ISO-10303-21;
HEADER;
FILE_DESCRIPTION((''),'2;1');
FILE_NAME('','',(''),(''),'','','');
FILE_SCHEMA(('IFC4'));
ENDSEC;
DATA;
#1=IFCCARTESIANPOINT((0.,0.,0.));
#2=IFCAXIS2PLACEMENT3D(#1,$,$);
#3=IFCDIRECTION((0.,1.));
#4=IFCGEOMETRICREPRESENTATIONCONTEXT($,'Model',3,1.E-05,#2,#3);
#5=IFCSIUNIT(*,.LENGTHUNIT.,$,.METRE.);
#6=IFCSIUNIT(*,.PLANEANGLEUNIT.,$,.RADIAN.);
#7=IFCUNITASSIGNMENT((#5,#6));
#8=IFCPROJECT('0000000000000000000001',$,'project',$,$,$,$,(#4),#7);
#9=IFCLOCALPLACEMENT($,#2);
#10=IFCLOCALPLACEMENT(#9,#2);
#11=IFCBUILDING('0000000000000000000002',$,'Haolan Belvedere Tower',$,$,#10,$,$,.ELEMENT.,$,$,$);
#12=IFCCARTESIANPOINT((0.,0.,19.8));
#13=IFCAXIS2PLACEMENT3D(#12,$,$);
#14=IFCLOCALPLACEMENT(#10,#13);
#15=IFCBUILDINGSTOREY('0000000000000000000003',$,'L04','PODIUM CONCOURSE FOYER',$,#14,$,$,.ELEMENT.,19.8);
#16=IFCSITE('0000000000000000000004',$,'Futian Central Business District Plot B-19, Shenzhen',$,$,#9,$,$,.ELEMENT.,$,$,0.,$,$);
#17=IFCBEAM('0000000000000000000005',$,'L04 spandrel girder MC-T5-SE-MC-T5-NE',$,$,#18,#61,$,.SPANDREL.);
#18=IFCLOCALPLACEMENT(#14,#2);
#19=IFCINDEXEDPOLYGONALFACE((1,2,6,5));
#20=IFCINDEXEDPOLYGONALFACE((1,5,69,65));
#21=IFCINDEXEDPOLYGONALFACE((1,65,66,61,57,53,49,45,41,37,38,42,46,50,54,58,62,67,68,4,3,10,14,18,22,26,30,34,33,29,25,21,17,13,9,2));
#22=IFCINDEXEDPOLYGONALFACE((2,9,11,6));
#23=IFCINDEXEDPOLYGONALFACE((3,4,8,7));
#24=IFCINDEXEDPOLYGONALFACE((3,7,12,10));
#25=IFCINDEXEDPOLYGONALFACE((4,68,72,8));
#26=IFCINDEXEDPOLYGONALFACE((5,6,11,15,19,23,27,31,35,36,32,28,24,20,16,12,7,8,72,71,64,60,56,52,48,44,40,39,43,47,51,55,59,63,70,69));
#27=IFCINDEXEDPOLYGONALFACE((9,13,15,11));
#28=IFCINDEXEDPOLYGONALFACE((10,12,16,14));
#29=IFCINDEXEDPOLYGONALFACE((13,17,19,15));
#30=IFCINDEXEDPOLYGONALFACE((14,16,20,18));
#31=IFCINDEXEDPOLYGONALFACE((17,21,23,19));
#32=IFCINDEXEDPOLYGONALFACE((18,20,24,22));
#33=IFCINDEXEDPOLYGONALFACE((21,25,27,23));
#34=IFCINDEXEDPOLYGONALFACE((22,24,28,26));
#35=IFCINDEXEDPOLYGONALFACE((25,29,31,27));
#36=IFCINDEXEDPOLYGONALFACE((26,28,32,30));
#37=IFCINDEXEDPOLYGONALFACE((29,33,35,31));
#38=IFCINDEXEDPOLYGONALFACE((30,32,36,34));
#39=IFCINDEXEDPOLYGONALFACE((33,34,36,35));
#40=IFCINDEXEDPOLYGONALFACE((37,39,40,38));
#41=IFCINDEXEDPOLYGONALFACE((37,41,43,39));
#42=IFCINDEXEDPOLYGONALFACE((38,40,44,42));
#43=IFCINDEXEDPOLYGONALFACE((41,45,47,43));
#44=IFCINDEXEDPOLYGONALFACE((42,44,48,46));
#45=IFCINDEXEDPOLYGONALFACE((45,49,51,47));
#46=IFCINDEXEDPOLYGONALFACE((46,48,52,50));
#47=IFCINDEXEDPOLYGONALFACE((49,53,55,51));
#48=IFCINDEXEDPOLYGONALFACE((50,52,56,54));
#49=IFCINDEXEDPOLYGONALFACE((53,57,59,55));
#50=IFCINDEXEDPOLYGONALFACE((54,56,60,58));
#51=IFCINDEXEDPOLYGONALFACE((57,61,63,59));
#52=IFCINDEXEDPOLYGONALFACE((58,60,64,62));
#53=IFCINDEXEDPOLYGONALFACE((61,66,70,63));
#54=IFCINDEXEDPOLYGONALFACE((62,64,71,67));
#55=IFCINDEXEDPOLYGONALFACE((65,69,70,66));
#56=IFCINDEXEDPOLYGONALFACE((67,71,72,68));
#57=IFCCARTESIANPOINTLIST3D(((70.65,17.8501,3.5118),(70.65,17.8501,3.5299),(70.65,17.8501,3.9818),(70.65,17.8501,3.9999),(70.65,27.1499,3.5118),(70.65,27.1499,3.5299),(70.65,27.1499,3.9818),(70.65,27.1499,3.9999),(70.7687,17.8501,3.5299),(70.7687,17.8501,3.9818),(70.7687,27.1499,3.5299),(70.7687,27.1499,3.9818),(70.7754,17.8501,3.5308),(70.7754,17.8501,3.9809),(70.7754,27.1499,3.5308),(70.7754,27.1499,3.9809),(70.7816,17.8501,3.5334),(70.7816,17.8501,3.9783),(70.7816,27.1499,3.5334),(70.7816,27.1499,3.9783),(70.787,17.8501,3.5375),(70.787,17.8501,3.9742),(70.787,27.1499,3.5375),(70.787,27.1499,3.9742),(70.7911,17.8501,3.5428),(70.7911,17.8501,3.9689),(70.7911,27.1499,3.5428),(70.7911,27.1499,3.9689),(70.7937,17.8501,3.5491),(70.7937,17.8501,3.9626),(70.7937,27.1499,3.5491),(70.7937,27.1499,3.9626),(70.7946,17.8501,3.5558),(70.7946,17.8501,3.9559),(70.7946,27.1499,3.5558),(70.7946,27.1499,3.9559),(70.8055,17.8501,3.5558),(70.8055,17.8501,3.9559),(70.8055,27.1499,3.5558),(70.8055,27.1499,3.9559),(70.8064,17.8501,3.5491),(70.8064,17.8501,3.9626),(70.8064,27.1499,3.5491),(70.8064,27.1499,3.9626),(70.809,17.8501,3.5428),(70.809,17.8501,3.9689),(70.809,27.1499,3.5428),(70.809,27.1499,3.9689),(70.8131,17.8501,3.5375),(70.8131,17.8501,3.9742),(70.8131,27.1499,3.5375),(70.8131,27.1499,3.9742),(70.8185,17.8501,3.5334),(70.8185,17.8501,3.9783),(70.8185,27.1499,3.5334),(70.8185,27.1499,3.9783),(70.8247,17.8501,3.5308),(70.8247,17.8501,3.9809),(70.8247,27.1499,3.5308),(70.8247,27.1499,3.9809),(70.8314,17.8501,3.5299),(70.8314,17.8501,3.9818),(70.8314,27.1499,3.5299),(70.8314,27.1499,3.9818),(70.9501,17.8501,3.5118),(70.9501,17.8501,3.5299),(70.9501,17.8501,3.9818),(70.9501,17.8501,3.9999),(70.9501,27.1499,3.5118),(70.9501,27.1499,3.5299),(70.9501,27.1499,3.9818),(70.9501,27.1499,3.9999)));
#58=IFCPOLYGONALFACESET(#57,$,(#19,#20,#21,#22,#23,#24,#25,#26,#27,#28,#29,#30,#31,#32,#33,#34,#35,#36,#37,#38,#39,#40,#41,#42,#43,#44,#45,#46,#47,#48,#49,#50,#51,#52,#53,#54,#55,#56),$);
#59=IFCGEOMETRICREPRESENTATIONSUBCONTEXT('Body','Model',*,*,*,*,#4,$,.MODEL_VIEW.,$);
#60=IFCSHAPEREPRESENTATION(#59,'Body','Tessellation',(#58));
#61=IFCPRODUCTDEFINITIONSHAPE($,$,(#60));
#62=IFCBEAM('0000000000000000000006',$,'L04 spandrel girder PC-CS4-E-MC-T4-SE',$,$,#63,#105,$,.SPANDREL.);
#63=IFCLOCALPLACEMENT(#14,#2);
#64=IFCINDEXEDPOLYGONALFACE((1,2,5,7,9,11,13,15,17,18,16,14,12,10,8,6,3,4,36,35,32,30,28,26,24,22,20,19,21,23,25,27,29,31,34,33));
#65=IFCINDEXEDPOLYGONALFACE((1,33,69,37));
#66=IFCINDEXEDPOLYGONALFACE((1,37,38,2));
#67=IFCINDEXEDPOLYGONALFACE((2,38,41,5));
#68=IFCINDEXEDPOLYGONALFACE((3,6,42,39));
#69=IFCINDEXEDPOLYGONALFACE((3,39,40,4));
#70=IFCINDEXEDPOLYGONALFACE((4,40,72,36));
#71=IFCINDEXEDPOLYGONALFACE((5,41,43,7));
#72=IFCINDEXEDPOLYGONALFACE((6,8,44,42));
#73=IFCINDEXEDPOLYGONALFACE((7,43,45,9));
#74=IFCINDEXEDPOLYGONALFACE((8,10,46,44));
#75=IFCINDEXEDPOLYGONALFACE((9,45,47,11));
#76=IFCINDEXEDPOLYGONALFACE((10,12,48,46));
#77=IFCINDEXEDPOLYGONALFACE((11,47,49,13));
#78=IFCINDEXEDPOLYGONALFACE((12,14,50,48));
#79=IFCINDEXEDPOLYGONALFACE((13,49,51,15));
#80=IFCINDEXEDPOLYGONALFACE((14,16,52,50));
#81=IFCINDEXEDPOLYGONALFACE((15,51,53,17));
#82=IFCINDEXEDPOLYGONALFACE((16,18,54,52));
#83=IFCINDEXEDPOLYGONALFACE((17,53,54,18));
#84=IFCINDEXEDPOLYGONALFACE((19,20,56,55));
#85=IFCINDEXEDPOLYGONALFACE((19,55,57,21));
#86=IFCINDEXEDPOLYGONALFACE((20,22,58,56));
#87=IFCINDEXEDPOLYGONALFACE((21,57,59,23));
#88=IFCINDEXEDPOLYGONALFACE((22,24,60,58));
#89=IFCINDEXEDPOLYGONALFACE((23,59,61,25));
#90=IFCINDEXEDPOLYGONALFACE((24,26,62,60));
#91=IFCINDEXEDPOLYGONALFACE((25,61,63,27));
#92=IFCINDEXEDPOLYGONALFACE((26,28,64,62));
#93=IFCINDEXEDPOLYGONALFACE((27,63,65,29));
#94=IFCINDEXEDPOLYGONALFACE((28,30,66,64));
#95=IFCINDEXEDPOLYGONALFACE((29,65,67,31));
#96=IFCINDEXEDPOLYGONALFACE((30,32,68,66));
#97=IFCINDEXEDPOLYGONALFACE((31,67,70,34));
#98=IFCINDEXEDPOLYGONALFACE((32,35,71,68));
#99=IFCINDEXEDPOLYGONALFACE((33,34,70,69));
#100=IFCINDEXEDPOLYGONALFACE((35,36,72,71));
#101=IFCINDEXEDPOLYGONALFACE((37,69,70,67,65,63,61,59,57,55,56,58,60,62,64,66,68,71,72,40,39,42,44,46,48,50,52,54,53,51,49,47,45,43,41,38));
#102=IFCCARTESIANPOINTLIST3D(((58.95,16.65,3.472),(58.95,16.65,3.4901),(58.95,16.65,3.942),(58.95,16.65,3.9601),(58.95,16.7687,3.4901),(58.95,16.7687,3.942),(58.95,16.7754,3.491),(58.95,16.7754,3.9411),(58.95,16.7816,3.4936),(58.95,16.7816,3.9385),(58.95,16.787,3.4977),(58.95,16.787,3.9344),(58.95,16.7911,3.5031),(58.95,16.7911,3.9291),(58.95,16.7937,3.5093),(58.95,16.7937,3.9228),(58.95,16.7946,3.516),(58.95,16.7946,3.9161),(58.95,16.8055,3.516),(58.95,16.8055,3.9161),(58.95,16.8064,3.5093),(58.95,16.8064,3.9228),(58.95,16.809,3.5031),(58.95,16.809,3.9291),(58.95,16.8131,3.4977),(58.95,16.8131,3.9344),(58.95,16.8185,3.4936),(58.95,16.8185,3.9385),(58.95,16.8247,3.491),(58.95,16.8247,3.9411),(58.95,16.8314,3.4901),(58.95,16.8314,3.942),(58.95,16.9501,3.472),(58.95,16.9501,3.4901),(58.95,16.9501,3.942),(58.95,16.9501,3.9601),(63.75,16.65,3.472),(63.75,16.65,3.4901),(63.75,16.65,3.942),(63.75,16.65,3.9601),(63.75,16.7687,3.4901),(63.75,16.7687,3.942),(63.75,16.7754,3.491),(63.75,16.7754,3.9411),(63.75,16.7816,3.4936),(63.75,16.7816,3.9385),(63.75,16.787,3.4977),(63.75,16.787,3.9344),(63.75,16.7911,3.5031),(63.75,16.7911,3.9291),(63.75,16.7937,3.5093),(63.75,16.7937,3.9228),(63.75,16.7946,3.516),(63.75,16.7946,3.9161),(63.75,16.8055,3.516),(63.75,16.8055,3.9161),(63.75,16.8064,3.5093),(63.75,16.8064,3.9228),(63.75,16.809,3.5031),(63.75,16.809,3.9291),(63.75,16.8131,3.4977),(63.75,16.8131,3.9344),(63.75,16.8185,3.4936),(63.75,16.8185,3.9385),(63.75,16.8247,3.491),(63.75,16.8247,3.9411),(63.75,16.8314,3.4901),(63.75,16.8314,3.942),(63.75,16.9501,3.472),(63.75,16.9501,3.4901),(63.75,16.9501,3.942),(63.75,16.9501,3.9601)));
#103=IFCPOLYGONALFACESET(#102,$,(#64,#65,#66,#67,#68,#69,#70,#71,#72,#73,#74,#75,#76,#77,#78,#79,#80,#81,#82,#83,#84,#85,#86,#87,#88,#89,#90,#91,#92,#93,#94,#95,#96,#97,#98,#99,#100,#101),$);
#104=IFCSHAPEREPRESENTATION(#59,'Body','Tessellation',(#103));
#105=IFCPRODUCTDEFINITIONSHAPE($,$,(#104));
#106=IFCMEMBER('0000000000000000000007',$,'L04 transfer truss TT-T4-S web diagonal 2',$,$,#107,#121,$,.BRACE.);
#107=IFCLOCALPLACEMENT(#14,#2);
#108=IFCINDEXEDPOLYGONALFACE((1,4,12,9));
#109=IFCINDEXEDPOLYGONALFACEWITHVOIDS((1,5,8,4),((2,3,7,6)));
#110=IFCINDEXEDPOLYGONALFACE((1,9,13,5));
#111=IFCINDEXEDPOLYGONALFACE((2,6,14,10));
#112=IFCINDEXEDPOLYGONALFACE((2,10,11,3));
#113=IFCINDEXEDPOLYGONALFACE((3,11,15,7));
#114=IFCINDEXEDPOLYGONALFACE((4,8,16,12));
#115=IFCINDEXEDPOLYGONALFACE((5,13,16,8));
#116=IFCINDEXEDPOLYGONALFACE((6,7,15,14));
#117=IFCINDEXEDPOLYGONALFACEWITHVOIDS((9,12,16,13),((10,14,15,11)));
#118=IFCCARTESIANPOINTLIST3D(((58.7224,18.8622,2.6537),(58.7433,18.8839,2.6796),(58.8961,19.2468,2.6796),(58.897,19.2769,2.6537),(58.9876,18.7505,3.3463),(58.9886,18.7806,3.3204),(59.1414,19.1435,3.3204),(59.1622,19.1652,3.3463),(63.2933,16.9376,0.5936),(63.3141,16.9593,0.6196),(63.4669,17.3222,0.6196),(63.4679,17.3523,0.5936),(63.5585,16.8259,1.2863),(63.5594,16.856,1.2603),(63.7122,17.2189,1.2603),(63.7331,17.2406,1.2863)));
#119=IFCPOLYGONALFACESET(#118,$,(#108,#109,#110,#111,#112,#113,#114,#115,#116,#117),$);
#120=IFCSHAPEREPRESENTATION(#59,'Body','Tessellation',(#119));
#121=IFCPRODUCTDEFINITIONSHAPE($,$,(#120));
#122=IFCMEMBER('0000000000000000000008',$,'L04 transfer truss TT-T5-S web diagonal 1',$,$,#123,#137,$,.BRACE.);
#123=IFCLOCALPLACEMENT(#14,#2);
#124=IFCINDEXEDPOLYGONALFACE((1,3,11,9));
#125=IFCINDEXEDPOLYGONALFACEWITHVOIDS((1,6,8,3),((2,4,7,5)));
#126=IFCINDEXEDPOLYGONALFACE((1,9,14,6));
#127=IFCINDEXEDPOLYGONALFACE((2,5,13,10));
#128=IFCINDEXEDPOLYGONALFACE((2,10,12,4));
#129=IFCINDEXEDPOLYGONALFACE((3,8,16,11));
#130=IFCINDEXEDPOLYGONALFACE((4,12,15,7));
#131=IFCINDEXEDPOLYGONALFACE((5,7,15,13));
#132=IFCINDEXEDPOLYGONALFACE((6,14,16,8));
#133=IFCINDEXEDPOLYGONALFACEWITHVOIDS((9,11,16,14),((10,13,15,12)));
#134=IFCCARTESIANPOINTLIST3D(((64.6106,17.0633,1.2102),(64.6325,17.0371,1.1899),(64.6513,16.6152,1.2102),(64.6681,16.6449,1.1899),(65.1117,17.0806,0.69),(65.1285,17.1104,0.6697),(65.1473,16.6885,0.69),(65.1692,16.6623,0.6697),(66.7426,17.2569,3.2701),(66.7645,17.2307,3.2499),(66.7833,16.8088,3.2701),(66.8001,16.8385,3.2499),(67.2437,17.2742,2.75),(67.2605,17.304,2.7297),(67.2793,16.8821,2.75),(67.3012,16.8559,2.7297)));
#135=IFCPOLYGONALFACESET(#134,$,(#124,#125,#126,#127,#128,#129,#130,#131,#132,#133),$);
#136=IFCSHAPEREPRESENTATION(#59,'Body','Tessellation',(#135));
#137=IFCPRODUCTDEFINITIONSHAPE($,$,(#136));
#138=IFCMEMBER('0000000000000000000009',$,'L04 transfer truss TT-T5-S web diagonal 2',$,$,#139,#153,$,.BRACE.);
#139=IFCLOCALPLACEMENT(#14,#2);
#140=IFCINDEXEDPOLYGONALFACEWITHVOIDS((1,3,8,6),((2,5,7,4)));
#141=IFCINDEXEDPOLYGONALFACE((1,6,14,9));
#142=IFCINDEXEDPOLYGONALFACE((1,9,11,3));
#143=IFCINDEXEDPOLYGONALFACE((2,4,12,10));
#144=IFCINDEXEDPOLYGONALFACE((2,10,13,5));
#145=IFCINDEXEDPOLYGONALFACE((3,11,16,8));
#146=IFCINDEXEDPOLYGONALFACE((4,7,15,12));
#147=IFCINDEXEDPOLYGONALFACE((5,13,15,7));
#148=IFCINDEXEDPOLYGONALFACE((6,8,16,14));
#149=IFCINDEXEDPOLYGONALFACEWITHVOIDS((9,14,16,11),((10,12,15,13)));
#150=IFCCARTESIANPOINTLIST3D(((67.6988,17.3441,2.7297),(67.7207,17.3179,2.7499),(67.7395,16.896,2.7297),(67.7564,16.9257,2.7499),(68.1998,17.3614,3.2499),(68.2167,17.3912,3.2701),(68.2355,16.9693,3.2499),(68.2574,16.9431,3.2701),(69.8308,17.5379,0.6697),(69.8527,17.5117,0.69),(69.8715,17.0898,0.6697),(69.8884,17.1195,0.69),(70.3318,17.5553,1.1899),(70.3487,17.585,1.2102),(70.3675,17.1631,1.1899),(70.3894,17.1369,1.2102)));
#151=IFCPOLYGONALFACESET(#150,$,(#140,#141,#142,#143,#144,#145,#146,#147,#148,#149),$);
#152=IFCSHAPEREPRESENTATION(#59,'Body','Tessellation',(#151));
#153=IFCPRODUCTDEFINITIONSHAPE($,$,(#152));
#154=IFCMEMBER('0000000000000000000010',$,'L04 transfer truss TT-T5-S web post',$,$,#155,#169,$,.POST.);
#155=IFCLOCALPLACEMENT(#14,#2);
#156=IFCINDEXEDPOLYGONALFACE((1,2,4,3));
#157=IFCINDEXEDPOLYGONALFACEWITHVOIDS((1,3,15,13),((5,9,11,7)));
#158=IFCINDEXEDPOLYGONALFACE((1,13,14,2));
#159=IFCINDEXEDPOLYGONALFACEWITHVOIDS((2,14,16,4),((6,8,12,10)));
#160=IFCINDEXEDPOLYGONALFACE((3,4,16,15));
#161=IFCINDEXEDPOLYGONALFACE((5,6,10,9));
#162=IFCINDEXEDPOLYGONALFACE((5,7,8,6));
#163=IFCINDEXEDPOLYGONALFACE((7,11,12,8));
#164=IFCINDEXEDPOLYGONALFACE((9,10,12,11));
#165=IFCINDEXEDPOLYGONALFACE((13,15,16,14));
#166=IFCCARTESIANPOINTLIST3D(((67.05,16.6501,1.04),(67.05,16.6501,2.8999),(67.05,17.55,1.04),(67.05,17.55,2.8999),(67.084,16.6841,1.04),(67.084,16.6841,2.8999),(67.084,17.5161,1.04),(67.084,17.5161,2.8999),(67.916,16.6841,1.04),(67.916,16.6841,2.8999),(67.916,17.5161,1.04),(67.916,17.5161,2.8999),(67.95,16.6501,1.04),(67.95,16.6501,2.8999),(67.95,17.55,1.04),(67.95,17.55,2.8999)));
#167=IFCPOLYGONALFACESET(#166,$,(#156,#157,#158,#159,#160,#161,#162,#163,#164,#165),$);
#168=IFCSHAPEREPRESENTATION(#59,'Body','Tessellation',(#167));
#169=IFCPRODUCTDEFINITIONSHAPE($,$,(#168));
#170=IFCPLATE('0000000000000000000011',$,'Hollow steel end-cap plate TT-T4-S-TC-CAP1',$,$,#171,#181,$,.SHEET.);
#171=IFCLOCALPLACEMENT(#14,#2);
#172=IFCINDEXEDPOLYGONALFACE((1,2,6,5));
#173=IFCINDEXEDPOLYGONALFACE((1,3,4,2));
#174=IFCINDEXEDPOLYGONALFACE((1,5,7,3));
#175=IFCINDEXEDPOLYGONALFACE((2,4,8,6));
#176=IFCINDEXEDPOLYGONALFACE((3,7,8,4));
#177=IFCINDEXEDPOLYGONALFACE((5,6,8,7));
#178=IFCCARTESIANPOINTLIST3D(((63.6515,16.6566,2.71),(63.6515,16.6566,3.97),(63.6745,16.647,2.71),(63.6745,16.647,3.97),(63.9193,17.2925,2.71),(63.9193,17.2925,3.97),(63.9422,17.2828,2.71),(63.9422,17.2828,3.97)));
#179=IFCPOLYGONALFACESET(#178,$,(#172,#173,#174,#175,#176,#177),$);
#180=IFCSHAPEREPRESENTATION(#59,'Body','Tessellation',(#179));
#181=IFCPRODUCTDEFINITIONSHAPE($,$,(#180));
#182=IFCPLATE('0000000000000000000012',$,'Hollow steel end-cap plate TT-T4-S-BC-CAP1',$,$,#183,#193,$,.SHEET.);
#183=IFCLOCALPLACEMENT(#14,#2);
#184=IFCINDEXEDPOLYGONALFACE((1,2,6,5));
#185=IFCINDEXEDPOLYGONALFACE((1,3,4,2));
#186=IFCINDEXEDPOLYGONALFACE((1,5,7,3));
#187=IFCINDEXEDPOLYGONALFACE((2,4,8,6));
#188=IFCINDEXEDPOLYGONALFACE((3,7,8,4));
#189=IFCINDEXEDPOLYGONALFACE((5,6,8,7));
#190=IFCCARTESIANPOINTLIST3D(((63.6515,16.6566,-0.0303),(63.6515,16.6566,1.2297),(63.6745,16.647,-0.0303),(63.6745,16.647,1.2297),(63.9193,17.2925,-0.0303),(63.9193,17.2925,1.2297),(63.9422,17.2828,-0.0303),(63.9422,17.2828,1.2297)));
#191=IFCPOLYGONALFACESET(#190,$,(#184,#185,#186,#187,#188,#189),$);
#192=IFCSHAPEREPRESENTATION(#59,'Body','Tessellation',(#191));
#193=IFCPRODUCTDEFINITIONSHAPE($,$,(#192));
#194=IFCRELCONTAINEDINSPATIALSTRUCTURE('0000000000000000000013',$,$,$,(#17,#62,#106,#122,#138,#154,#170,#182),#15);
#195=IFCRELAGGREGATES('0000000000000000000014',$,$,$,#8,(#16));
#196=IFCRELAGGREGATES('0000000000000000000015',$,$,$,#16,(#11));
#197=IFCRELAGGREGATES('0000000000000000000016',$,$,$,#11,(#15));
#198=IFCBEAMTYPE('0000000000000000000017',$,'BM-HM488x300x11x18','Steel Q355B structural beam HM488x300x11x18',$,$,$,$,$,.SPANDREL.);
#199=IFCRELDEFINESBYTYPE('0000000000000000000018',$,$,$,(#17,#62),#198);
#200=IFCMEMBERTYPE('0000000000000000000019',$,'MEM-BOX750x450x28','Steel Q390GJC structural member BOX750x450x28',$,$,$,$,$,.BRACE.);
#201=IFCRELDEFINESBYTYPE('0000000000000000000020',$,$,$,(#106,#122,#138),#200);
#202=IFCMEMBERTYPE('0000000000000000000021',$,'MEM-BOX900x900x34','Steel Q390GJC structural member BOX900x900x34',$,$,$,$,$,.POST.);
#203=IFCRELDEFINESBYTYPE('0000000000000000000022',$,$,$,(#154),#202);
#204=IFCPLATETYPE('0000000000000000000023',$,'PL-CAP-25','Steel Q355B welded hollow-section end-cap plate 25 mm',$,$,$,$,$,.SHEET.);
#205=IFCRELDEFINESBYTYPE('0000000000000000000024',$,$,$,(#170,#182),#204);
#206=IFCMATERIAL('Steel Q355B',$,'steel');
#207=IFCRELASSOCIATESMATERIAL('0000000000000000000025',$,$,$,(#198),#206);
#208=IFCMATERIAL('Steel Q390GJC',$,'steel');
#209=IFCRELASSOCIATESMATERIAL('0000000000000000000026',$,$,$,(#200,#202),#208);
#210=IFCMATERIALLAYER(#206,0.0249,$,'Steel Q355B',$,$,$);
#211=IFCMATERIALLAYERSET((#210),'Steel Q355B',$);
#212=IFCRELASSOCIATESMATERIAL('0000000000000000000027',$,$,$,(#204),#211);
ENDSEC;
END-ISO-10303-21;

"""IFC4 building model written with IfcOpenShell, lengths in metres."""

from ifc_helpers import new_model, si_unit, direction, frame, origin, origin_2d, place, context, subcontext, project, spatial, rectangle, hollow_rectangle, i_section, extrude, material, layer, layer_set, material_profile, profile_set, type_object, element, save


model = new_model("IFC4")

# Units and contexts
model_context = context("Model", 3, precision=1e-05, world=origin(), true_north=direction((0.0, 1.0)))
body_context = subcontext(model_context, "Body", "Model", "MODEL_VIEW")
ifc_project = project(units=[si_unit("LENGTHUNIT", "METRE"), si_unit("PLANEANGLEUNIT", "RADIAN")], contexts=[model_context])

# Site, building, storey
site_placement = place(None, origin())
site = spatial("IfcSite", under=ifc_project, at=site_placement, Name="Futian Central Business District Plot B-19, Shenzhen", CompositionType="ELEMENT", RefElevation=0.0)
building_placement = place(site_placement, origin())
building = spatial("IfcBuilding", under=site, at=building_placement, Name="Haolan Belvedere Tower", CompositionType="ELEMENT")
storey_placement = place(building_placement, frame((0.0, 0.0, 19.8)))
storey = spatial("IfcBuildingStorey", under=building, at=storey_placement, Name="L04", Description="PODIUM CONCOURSE FOYER", CompositionType="ELEMENT", Elevation=19.8)

# Shared definitions
ifc_material_1 = material(Name="Steel Q355B", Category="steel")

# Beams
ifc_material_profile_1 = material_profile(ifc_material_1, i_section(OverallWidth=0.3, OverallDepth=0.488, WebThickness=0.011, FlangeThickness=0.0181, FilletRadius=0.0259, at=origin_2d()), Name="Steel Q355B")
ifc_profile_set_1 = profile_set([ifc_material_profile_1], Name="Steel Q355B")
beam_type_1 = type_object("IfcBeamType", Name="BM-HM488x300x11x18", Description="Steel Q355B structural beam HM488x300x11x18", PredefinedType="SPANDREL", material=ifc_profile_set_1)
beam_1_placement = place(storey_placement, frame((70.8, 17.8501, 3.7559), z_axis=(0.0, 1.0, 0.0), x_axis=(-1.0, 0.0, 0.0)))
element("IfcBeam", 1, at=beam_1_placement, inside=storey, type_object=beam_type_1, Name="L04 spandrel girder MC-T5-SE-MC-T5-NE", PredefinedType="SPANDREL", context=body_context, shape_type="SweptSolid", body=[
    extrude(i_section(OverallWidth=0.3, OverallDepth=0.488, WebThickness=0.011, FlangeThickness=0.0181, FilletRadius=0.0259, at=origin_2d()), origin(), (0.0, 0.0, 1.0), 9.2998),
])
beam_2_placement = place(storey_placement, frame((58.95, 16.8, 3.7161), z_axis=(1.0, 0.0, 0.0), x_axis=(0.0, 1.0, 0.0)))
element("IfcBeam", 2, at=beam_2_placement, inside=storey, type_object=beam_type_1, Name="L04 spandrel girder PC-CS4-E-MC-T4-SE", PredefinedType="SPANDREL", context=body_context, shape_type="SweptSolid", body=[
    extrude(i_section(OverallWidth=0.3, OverallDepth=0.488, WebThickness=0.011, FlangeThickness=0.0181, FilletRadius=0.0259, at=origin_2d()), origin(), (0.0, 0.0, 1.0), 4.8),
])

# Members
ifc_material_2 = material(Name="Steel Q390GJC", Category="steel")
ifc_material_profile_2 = material_profile(ifc_material_2, hollow_rectangle(XDim=0.45, YDim=0.75, WallThickness=0.0281, at=origin_2d()), Name="Steel Q390GJC")
ifc_profile_set_2 = profile_set([ifc_material_profile_2], Name="Steel Q390GJC")
member_type_1 = type_object("IfcMemberType", Name="MEM-BOX750x450x28", Description="Steel Q390GJC structural member BOX750x450x28", PredefinedType="BRACE", material=ifc_profile_set_2)
member_1_placement = place(storey_placement, frame((63.5132, 17.0891, 0.9399), z_axis=(-0.851128, 0.358372, 0.383603), x_axis=(-0.388059, -0.921634, 0.0)))
element("IfcMember", 3, at=member_1_placement, inside=storey, type_object=member_type_1, Name="L04 transfer truss TT-T4-S web diagonal 2", PredefinedType="BRACE", context=body_context, shape_type="SweptSolid", body=[
    extrude(hollow_rectangle(XDim=0.45, YDim=0.75, WallThickness=0.0281, at=origin_2d()), origin(), (0.0, 0.0, 1.0), 5.3704),
])
for number, where, z_axis, x_axis, name in (
    (4, (64.8899, 16.8628, 0.9399), (0.71762, 0.065164, 0.693379), (-0.090433, 0.995903, 0.0), "L04 transfer truss TT-T5-S web diagonal 1"),
    (5, (70.1101, 17.3374, 0.9399), (-0.717617, -0.065245, 0.693375), (0.090546, -0.995892, 0.0), "L04 transfer truss TT-T5-S web diagonal 2"),
):
    element("IfcMember", number, at=place(storey_placement, frame(where, z_axis=z_axis, x_axis=x_axis)), inside=storey, type_object=member_type_1, Name=name, PredefinedType="BRACE", context=body_context, shape_type="SweptSolid", body=[
        extrude(hollow_rectangle(XDim=0.45, YDim=0.75, WallThickness=0.0281, at=origin_2d()), origin(), (0.0, 0.0, 1.0), 2.9709),
    ])
ifc_material_profile_3 = material_profile(ifc_material_2, hollow_rectangle(XDim=0.8999, YDim=0.8999, WallThickness=0.0339, at=origin_2d()), Name="Steel Q390GJC")
ifc_profile_set_3 = profile_set([ifc_material_profile_3], Name="Steel Q390GJC")
member_type_2 = type_object("IfcMemberType", Name="MEM-BOX900x900x34", Description="Steel Q390GJC structural member BOX900x900x34", PredefinedType="POST", material=ifc_profile_set_3)
member_2_placement = place(storey_placement, frame((67.5, 17.1001, 1.04), z_axis=(0.0, 0.0, 1.0), x_axis=(1.0, 0.0, 0.0)))
element("IfcMember", 6, at=member_2_placement, inside=storey, type_object=member_type_2, Name="L04 transfer truss TT-T5-S web post", PredefinedType="POST", context=body_context, shape_type="SweptSolid", body=[
    extrude(hollow_rectangle(XDim=0.8999, YDim=0.8999, WallThickness=0.0339, at=origin_2d()), origin(), (0.0, 0.0, 1.0), 1.8599),
])

# Plates
ifc_layer_1 = layer(ifc_material_1, 0.0249, Name="Steel Q355B")
ifc_layer_set_1 = layer_set([ifc_layer_1], Name="Steel Q355B")
plate_type_1 = type_object("IfcPlateType", Name="PL-CAP-25", Description="Steel Q355B welded hollow-section end-cap plate 25 mm", PredefinedType="SHEET", material=ifc_layer_set_1)
for number, where, z_axis, x_axis, name in (
    (7, (63.7969, 16.9697, 2.71), (0.0, 0.0, 1.0), (0.388063, 0.921633, 0.0), "Hollow steel end-cap plate TT-T4-S-TC-CAP1"),
    (8, (63.7969, 16.9697, -0.0303), (0.0, 0.0, 1.0), (0.388063, 0.921633, 0.0), "Hollow steel end-cap plate TT-T4-S-BC-CAP1"),
):
    element("IfcPlate", number, at=place(storey_placement, frame(where, z_axis=z_axis, x_axis=x_axis)), inside=storey, type_object=plate_type_1, Name=name, PredefinedType="SHEET", context=body_context, shape_type="SweptSolid", body=[
        extrude(rectangle(XDim=0.6899, YDim=0.0249, at=origin_2d()), origin(), (0.0, 0.0, 1.0), 1.26),
    ])

save(model, "model.ifc")
